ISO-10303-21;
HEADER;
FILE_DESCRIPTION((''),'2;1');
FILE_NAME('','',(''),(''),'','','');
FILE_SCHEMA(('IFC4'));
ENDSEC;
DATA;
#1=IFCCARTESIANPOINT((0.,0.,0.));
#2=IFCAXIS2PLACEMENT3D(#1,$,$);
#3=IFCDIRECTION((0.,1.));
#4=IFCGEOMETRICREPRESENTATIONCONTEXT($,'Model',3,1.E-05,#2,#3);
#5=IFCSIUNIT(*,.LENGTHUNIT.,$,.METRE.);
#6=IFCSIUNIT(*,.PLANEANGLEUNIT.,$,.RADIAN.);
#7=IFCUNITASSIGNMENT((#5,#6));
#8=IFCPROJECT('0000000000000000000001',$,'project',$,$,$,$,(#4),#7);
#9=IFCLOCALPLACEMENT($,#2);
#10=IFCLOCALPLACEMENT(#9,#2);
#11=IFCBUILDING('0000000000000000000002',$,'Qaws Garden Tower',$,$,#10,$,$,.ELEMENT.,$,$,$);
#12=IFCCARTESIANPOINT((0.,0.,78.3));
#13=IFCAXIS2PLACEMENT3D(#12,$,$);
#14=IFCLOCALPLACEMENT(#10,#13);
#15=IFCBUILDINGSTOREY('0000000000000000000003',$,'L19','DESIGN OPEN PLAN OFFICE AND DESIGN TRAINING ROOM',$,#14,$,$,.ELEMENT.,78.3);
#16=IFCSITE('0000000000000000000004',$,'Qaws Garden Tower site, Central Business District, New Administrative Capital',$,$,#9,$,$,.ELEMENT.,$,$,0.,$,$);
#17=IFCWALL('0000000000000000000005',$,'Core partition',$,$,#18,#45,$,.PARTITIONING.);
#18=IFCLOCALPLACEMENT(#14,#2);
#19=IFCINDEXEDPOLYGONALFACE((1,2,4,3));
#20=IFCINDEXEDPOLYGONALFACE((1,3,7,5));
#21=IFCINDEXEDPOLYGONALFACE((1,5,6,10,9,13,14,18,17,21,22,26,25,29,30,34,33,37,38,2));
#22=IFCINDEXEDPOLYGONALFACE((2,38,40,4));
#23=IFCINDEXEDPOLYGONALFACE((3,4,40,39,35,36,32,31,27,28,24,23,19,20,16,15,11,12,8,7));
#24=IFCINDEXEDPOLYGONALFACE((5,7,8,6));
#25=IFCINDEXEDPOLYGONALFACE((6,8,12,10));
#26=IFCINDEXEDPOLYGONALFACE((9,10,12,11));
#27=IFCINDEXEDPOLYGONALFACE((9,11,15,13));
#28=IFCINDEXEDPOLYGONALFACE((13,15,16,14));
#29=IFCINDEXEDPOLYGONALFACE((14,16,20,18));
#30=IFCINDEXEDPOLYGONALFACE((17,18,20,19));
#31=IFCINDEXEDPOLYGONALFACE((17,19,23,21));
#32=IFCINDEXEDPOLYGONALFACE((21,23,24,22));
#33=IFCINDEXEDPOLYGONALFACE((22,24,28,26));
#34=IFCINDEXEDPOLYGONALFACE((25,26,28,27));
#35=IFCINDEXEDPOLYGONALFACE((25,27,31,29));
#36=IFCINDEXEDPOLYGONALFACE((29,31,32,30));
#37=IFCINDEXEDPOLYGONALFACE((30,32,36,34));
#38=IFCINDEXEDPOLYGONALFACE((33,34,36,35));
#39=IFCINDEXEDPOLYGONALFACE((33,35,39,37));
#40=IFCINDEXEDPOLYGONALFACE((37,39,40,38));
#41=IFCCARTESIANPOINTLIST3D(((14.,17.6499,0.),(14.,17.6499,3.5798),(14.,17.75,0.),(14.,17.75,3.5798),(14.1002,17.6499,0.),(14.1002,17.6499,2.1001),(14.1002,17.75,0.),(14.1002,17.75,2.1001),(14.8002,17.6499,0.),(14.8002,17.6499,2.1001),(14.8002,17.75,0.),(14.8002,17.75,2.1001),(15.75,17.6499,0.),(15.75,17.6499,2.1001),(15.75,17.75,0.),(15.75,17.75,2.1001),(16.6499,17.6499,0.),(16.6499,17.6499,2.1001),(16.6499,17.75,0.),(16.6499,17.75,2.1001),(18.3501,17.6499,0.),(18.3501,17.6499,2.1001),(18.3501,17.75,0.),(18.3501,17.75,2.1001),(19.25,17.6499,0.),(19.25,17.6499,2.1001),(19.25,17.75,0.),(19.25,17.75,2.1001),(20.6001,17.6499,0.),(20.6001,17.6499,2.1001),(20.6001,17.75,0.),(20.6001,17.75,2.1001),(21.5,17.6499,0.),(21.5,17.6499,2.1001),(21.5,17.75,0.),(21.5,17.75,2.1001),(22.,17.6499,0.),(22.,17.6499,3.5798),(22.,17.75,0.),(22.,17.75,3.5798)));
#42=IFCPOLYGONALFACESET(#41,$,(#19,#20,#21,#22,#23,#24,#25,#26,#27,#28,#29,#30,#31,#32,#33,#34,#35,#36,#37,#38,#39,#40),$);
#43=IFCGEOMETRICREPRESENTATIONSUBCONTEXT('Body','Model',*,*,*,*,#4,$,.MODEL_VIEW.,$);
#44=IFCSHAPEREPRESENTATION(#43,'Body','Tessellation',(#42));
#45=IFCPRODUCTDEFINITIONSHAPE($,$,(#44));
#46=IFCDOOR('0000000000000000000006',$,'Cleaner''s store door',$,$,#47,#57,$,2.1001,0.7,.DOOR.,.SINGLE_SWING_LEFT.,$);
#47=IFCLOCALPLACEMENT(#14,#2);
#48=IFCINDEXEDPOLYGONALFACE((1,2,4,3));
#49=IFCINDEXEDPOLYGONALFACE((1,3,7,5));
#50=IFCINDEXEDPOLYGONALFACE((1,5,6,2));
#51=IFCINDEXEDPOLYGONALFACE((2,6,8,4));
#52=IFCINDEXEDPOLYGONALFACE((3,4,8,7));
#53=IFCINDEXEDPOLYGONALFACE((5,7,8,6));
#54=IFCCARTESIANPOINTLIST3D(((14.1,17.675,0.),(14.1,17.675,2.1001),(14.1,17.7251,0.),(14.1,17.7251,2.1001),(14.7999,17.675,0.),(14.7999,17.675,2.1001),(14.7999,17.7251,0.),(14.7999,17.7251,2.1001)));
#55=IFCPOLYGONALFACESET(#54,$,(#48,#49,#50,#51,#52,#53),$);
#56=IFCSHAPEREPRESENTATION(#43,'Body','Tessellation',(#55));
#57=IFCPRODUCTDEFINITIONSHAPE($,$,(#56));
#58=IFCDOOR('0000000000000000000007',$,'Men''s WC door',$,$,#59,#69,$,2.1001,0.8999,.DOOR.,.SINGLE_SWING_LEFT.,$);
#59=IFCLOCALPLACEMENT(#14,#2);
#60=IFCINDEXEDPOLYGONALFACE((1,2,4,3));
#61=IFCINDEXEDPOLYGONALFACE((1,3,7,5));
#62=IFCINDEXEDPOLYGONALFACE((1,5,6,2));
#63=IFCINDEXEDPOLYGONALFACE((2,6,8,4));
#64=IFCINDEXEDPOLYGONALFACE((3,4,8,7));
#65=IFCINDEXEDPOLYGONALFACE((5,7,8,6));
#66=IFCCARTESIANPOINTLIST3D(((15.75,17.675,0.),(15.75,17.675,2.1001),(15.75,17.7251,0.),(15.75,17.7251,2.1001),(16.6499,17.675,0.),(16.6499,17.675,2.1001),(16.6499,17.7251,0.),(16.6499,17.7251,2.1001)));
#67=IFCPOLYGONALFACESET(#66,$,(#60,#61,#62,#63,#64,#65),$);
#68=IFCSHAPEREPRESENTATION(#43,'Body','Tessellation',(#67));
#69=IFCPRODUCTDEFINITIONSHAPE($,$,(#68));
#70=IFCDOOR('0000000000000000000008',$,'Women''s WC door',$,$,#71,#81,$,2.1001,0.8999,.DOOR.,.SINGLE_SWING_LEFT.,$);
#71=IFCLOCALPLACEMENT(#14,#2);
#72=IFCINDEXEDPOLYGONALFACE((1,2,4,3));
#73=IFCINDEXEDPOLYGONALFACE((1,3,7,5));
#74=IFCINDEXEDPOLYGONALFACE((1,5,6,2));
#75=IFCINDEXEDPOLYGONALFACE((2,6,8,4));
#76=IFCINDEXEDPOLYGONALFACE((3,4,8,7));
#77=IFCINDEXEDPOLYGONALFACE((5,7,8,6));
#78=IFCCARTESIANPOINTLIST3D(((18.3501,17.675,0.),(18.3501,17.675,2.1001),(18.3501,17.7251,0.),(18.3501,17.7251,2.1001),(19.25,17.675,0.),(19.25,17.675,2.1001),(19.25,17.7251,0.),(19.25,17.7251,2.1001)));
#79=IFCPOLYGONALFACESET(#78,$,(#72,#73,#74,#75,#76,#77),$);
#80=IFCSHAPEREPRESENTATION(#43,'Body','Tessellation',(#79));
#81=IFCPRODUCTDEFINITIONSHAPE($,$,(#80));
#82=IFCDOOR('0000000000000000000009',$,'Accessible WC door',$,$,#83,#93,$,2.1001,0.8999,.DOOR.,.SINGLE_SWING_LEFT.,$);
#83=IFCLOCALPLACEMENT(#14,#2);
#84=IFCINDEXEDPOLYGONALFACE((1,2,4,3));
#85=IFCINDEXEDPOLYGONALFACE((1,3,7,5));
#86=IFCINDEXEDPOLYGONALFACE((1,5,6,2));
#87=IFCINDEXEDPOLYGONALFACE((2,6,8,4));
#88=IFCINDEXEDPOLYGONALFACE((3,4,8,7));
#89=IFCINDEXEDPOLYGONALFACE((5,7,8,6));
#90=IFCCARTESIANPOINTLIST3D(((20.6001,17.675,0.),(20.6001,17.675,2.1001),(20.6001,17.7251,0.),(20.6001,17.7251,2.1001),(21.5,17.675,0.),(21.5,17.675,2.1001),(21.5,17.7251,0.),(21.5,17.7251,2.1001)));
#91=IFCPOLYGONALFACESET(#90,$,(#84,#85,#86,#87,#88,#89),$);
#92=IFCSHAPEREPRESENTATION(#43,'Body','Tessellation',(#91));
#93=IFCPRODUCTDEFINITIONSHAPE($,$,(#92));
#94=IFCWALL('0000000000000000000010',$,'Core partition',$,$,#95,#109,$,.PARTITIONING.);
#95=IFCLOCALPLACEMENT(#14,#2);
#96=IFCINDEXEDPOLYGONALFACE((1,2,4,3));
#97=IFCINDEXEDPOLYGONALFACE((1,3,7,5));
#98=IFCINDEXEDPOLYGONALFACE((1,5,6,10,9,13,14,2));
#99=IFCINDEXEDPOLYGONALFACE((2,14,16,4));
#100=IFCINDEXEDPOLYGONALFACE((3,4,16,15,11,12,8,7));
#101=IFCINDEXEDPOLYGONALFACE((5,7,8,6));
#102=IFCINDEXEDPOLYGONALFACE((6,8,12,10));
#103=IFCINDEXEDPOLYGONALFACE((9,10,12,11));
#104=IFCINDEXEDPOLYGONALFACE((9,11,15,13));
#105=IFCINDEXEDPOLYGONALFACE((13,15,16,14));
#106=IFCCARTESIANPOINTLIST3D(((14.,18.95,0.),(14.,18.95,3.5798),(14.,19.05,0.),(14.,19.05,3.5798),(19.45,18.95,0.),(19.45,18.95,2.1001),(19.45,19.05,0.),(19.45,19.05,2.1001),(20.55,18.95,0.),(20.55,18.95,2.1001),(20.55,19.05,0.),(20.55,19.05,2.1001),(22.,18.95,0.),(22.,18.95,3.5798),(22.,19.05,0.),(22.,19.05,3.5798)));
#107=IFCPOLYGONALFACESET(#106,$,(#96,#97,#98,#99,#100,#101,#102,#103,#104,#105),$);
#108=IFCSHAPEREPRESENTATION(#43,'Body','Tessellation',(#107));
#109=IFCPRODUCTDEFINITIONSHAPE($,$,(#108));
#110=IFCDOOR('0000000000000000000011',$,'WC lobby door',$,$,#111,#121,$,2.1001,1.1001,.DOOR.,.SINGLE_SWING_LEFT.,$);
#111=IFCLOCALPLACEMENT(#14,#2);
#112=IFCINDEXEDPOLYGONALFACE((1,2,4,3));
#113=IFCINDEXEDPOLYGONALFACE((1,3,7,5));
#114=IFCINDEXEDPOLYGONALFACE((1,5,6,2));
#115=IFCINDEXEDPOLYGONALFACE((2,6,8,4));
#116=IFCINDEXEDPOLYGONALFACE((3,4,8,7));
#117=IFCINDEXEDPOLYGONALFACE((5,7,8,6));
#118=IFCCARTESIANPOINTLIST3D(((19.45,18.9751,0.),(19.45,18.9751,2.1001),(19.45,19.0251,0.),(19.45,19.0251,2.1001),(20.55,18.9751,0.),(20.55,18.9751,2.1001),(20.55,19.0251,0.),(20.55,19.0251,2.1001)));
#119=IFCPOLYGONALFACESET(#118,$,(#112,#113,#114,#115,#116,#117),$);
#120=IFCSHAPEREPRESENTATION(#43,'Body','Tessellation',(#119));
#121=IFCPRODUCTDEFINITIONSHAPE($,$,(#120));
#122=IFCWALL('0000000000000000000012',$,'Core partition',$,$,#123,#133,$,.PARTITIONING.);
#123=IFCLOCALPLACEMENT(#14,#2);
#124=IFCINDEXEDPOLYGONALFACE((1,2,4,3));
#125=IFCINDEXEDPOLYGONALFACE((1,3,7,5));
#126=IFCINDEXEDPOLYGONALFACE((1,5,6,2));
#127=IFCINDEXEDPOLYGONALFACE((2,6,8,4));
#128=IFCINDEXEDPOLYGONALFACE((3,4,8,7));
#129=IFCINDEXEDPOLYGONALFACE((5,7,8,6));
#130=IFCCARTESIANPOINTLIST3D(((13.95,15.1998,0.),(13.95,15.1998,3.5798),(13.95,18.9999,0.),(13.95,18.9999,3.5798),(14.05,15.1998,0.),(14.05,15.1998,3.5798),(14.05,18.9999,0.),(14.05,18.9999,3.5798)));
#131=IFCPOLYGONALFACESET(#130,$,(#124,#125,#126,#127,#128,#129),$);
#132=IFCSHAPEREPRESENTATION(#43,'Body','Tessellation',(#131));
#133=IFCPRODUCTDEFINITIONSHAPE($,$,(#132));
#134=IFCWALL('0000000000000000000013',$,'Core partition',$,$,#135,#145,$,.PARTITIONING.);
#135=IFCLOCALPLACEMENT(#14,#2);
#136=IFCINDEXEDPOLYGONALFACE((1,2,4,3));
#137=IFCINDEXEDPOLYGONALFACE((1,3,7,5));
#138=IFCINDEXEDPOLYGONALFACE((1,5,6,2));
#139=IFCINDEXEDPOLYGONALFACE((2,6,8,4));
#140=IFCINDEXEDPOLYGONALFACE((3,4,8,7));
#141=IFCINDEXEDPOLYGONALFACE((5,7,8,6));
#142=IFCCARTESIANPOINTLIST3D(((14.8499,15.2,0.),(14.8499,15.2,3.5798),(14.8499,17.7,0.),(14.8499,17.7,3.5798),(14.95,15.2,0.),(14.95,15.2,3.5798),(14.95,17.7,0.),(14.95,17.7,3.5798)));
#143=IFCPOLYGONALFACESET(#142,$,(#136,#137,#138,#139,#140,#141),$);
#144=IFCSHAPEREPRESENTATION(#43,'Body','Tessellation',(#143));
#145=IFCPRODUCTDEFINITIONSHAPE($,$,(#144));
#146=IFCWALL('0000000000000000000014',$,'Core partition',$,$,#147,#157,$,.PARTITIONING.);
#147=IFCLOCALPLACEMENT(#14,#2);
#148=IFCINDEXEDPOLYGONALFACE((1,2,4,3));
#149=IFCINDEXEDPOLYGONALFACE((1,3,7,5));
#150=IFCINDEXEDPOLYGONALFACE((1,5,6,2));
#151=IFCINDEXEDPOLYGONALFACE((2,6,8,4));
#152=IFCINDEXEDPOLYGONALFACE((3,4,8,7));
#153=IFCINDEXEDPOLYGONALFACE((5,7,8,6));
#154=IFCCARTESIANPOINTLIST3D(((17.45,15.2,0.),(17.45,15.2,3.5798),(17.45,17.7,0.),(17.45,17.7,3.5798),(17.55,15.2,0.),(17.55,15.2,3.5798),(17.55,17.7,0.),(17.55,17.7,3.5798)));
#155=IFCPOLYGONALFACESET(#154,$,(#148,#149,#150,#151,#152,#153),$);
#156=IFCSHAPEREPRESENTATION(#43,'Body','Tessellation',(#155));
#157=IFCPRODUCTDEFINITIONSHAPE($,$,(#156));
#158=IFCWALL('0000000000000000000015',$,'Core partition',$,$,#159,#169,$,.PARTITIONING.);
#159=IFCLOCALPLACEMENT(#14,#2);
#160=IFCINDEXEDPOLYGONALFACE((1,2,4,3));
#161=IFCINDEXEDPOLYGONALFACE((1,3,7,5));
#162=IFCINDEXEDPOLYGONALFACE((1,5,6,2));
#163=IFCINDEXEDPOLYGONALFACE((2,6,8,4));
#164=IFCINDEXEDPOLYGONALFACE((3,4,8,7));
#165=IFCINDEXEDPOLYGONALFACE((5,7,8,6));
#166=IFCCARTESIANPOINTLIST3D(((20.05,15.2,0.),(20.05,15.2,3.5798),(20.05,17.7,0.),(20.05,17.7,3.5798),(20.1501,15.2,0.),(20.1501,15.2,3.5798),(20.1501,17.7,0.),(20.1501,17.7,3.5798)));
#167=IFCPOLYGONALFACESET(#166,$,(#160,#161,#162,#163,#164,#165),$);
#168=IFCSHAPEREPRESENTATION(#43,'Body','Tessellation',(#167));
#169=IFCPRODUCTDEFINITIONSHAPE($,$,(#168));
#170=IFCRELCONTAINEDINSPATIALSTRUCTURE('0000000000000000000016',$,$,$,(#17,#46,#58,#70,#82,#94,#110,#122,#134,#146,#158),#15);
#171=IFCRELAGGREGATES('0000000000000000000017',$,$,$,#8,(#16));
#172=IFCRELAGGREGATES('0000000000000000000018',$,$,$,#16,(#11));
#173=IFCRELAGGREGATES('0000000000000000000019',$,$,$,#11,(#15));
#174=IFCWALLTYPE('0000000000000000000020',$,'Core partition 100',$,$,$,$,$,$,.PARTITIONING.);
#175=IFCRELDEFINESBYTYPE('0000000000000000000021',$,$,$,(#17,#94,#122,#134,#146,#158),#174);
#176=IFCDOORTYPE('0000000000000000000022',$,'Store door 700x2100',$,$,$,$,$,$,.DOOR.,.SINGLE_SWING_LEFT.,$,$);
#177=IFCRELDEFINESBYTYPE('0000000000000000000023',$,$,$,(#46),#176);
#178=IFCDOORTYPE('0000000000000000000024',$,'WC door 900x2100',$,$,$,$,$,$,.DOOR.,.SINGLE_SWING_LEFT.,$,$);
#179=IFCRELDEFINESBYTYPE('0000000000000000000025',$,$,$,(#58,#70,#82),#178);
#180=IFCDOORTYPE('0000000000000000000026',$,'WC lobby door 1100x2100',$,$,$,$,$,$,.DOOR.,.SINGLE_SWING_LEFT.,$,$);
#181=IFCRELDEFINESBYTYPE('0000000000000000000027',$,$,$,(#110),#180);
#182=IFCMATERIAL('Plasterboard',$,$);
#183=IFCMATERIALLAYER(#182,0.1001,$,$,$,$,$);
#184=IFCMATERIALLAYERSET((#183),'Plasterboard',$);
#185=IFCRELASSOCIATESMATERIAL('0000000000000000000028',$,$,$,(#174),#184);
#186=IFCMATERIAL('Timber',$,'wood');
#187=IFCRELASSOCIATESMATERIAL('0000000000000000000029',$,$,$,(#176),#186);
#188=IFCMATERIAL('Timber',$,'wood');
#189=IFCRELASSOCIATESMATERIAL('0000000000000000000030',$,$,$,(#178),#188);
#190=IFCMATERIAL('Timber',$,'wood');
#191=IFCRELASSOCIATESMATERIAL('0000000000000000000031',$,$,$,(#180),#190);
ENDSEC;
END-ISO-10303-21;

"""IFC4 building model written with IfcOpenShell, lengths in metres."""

from ifc_helpers import new_model, si_unit, direction, frame, frame_2d, origin, place, context, subcontext, project, spatial, rectangle, extrude, material, layer, layer_set, type_object, element, fill, save


model = new_model("IFC4")

# Units and contexts
model_context = context("Model", 3, precision=1e-05, world=origin(), true_north=direction((0.0, 1.0)))
body_context = subcontext(model_context, "Body", "Model", "MODEL_VIEW")
ifc_project = project(units=[si_unit("LENGTHUNIT", "METRE"), si_unit("PLANEANGLEUNIT", "RADIAN")], contexts=[model_context])

# Site, building, storey
site_placement = place(None, origin())
site = spatial("IfcSite", under=ifc_project, at=site_placement, Name="Qaws Garden Tower site, Central Business District, New Administrative Capital", CompositionType="ELEMENT", RefElevation=0.0)
building_placement = place(site_placement, origin())
building = spatial("IfcBuilding", under=site, at=building_placement, Name="Qaws Garden Tower", CompositionType="ELEMENT")
storey_placement = place(building_placement, frame((0.0, 0.0, 78.3)))
storey = spatial("IfcBuildingStorey", under=building, at=storey_placement, Name="L19", Description="DESIGN OPEN PLAN OFFICE AND DESIGN TRAINING ROOM", CompositionType="ELEMENT", Elevation=78.3)

# Wall, openings, doors
ifc_material_1 = material(Name="Plasterboard")
ifc_layer_1 = layer(ifc_material_1, 0.1001)
ifc_layer_set_1 = layer_set([ifc_layer_1], Name="Plasterboard")
wall_type_1 = type_object("IfcWallType", Name="Core partition 100", PredefinedType="PARTITIONING", material=ifc_layer_set_1)
wall_1_placement = place(storey_placement, frame((14.0, 17.7, 0.0), z_axis=(0.0, 0.0, 1.0), x_axis=(1.0, 0.0, 0.0)))
wall_1 = element("IfcWall", 1, at=wall_1_placement, inside=storey, type_object=wall_type_1, Name="Core partition", PredefinedType="PARTITIONING", context=body_context, shape_type="SweptSolid", body=[
    extrude(rectangle(XDim=8.0, YDim=0.1001, at=frame_2d((4.0, 0.0))), origin(), (0.0, 0.0, 1.0), 3.5798),
])
opening_1_placement = place(wall_1_placement, frame((0.1001, 0.0, 0.0)))
opening_1 = element("IfcOpeningElement", 2, at=opening_1_placement, cuts=wall_1, PredefinedType="OPENING", context=body_context, shape_type="SweptSolid", body=[
    extrude(rectangle(XDim=0.7, YDim=2.1001, at=frame_2d((0.3501, 1.05))), frame((0.0, 0.0601, 0.0), z_axis=(0.0, -1.0, 0.0), x_axis=(1.0, 0.0, 0.0)), (0.0, 0.0, 1.0), 0.1201),
])
opening_2_placement = place(wall_1_placement, frame((1.75, 0.0, 0.0)))
opening_2 = element("IfcOpeningElement", 3, at=opening_2_placement, cuts=wall_1, PredefinedType="OPENING", context=body_context, shape_type="SweptSolid", body=[
    extrude(rectangle(XDim=0.8999, YDim=2.1001, at=frame_2d((0.45, 1.05))), frame((0.0, 0.0601, 0.0), z_axis=(0.0, -1.0, 0.0), x_axis=(1.0, 0.0, 0.0)), (0.0, 0.0, 1.0), 0.1201),
])
opening_3_placement = place(wall_1_placement, frame((4.3501, 0.0, 0.0)))
opening_3 = element("IfcOpeningElement", 4, at=opening_3_placement, cuts=wall_1, PredefinedType="OPENING", context=body_context, shape_type="SweptSolid", body=[
    extrude(rectangle(XDim=0.8999, YDim=2.1001, at=frame_2d((0.45, 1.05))), frame((0.0, 0.0601, 0.0), z_axis=(0.0, -1.0, 0.0), x_axis=(1.0, 0.0, 0.0)), (0.0, 0.0, 1.0), 0.1201),
])
opening_4_placement = place(wall_1_placement, frame((6.6001, 0.0, 0.0)))
opening_4 = element("IfcOpeningElement", 5, at=opening_4_placement, cuts=wall_1, PredefinedType="OPENING", context=body_context, shape_type="SweptSolid", body=[
    extrude(rectangle(XDim=0.8999, YDim=2.1001, at=frame_2d((0.45, 1.05))), frame((0.0, 0.0601, 0.0), z_axis=(0.0, -1.0, 0.0), x_axis=(1.0, 0.0, 0.0)), (0.0, 0.0, 1.0), 0.1201),
])
ifc_material_2 = material(Name="Timber", Category="wood")
door_type_1 = type_object("IfcDoorType", Name="Store door 700x2100", OperationType="SINGLE_SWING_LEFT", PredefinedType="DOOR", material=ifc_material_2)
door_1_placement = place(opening_1_placement, frame((0.7, 0.0, 0.0), z_axis=(0.0, 0.0, 1.0), x_axis=(-1.0, 0.0, 0.0)))
door_1 = element("IfcDoor", 6, at=door_1_placement, inside=storey, type_object=door_type_1, Name="Cleaner's store door", OperationType="SINGLE_SWING_LEFT", OverallHeight=2.1001, OverallWidth=0.7, PredefinedType="DOOR", context=body_context, shape_type="SweptSolid", body=[
    extrude(rectangle(XDim=0.7, YDim=2.1001, at=frame_2d((0.3501, 1.05))), frame((0.0, 0.0249, 0.0), z_axis=(0.0, -1.0, 0.0), x_axis=(1.0, 0.0, 0.0)), (0.0, 0.0, 1.0), 0.05),
])
fill(opening_1, door_1)
ifc_material_3 = material(Name="Timber", Category="wood")
door_type_2 = type_object("IfcDoorType", Name="WC door 900x2100", OperationType="SINGLE_SWING_LEFT", PredefinedType="DOOR", material=ifc_material_3)
door_2_placement = place(opening_2_placement, frame((0.8999, 0.0, 0.0), z_axis=(0.0, 0.0, 1.0), x_axis=(-1.0, 0.0, 0.0)))
door_2 = element("IfcDoor", 7, at=door_2_placement, inside=storey, type_object=door_type_2, Name="Men's WC door", OperationType="SINGLE_SWING_LEFT", OverallHeight=2.1001, OverallWidth=0.8999, PredefinedType="DOOR", context=body_context, shape_type="SweptSolid", body=[
    extrude(rectangle(XDim=0.8999, YDim=2.1001, at=frame_2d((0.45, 1.05))), frame((0.0, 0.0249, 0.0), z_axis=(0.0, -1.0, 0.0), x_axis=(1.0, 0.0, 0.0)), (0.0, 0.0, 1.0), 0.05),
])
fill(opening_2, door_2)
door_3_placement = place(opening_3_placement, frame((0.8999, 0.0, 0.0), z_axis=(0.0, 0.0, 1.0), x_axis=(-1.0, 0.0, 0.0)))
door_3 = element("IfcDoor", 8, at=door_3_placement, inside=storey, type_object=door_type_2, Name="Women's WC door", OperationType="SINGLE_SWING_LEFT", OverallHeight=2.1001, OverallWidth=0.8999, PredefinedType="DOOR", context=body_context, shape_type="SweptSolid", body=[
    extrude(rectangle(XDim=0.8999, YDim=2.1001, at=frame_2d((0.45, 1.05))), frame((0.0, 0.0249, 0.0), z_axis=(0.0, -1.0, 0.0), x_axis=(1.0, 0.0, 0.0)), (0.0, 0.0, 1.0), 0.05),
])
fill(opening_3, door_3)
door_4_placement = place(opening_4_placement, frame((0.8999, 0.0, 0.0), z_axis=(0.0, 0.0, 1.0), x_axis=(-1.0, 0.0, 0.0)))
door_4 = element("IfcDoor", 9, at=door_4_placement, inside=storey, type_object=door_type_2, Name="Accessible WC door", OperationType="SINGLE_SWING_LEFT", OverallHeight=2.1001, OverallWidth=0.8999, PredefinedType="DOOR", context=body_context, shape_type="SweptSolid", body=[
    extrude(rectangle(XDim=0.8999, YDim=2.1001, at=frame_2d((0.45, 1.05))), frame((0.0, 0.0249, 0.0), z_axis=(0.0, -1.0, 0.0), x_axis=(1.0, 0.0, 0.0)), (0.0, 0.0, 1.0), 0.05),
])
fill(opening_4, door_4)

# Wall, opening, door
wall_2_placement = place(storey_placement, frame((14.0, 19.0, 0.0), z_axis=(0.0, 0.0, 1.0), x_axis=(1.0, 0.0, 0.0)))
wall_2 = element("IfcWall", 10, at=wall_2_placement, inside=storey, type_object=wall_type_1, Name="Core partition", PredefinedType="PARTITIONING", context=body_context, shape_type="SweptSolid", body=[
    extrude(rectangle(XDim=8.0, YDim=0.1001, at=frame_2d((4.0, 0.0))), origin(), (0.0, 0.0, 1.0), 3.5798),
])
opening_5_placement = place(wall_2_placement, frame((5.45, 0.0, 0.0)))
opening_5 = element("IfcOpeningElement", 11, at=opening_5_placement, cuts=wall_2, PredefinedType="OPENING", context=body_context, shape_type="SweptSolid", body=[
    extrude(rectangle(XDim=1.1001, YDim=2.1001, at=frame_2d((0.55, 1.05))), frame((0.0, 0.0601, 0.0), z_axis=(0.0, -1.0, 0.0), x_axis=(1.0, 0.0, 0.0)), (0.0, 0.0, 1.0), 0.1201),
])
ifc_material_4 = material(Name="Timber", Category="wood")
door_type_3 = type_object("IfcDoorType", Name="WC lobby door 1100x2100", OperationType="SINGLE_SWING_LEFT", PredefinedType="DOOR", material=ifc_material_4)
door_5_placement = place(opening_5_placement, frame((1.1001, 0.0, 0.0), z_axis=(0.0, 0.0, 1.0), x_axis=(-1.0, 0.0, 0.0)))
door_5 = element("IfcDoor", 12, at=door_5_placement, inside=storey, type_object=door_type_3, Name="WC lobby door", OperationType="SINGLE_SWING_LEFT", OverallHeight=2.1001, OverallWidth=1.1001, PredefinedType="DOOR", context=body_context, shape_type="SweptSolid", body=[
    extrude(rectangle(XDim=1.1001, YDim=2.1001, at=frame_2d((0.55, 1.05))), frame((0.0, 0.0249, 0.0), z_axis=(0.0, -1.0, 0.0), x_axis=(1.0, 0.0, 0.0)), (0.0, 0.0, 1.0), 0.05),
])
fill(opening_5, door_5)

# Walls
wall_3_placement = place(storey_placement, frame((14.0, 15.2, 0.0), z_axis=(0.0, 0.0, 1.0), x_axis=(0.0, 1.0, 0.0)))
element("IfcWall", 13, at=wall_3_placement, inside=storey, type_object=wall_type_1, Name="Core partition", PredefinedType="PARTITIONING", context=body_context, shape_type="SweptSolid", body=[
    extrude(rectangle(XDim=3.8, YDim=0.1001, at=frame_2d((1.8999, 0.0))), origin(), (0.0, 0.0, 1.0), 3.5798),
])
for number, where, z_axis, x_axis, name in (
    (14, (14.8999, 15.2, 0.0), (0.0, 0.0, 1.0), (0.0, 1.0, 0.0), "Core partition"),
    (15, (17.5, 15.2, 0.0), (0.0, 0.0, 1.0), (0.0, 1.0, 0.0), "Core partition"),
    (16, (20.1001, 15.2, 0.0), (0.0, 0.0, 1.0), (0.0, 1.0, 0.0), "Core partition"),
):
    element("IfcWall", number, at=place(storey_placement, frame(where, z_axis=z_axis, x_axis=x_axis)), inside=storey, type_object=wall_type_1, Name=name, PredefinedType="PARTITIONING", context=body_context, shape_type="SweptSolid", body=[
        extrude(rectangle(XDim=2.5, YDim=0.1001, at=frame_2d((1.25, 0.0))), origin(), (0.0, 0.0, 1.0), 3.5798),
    ])

save(model, "model.ifc")
